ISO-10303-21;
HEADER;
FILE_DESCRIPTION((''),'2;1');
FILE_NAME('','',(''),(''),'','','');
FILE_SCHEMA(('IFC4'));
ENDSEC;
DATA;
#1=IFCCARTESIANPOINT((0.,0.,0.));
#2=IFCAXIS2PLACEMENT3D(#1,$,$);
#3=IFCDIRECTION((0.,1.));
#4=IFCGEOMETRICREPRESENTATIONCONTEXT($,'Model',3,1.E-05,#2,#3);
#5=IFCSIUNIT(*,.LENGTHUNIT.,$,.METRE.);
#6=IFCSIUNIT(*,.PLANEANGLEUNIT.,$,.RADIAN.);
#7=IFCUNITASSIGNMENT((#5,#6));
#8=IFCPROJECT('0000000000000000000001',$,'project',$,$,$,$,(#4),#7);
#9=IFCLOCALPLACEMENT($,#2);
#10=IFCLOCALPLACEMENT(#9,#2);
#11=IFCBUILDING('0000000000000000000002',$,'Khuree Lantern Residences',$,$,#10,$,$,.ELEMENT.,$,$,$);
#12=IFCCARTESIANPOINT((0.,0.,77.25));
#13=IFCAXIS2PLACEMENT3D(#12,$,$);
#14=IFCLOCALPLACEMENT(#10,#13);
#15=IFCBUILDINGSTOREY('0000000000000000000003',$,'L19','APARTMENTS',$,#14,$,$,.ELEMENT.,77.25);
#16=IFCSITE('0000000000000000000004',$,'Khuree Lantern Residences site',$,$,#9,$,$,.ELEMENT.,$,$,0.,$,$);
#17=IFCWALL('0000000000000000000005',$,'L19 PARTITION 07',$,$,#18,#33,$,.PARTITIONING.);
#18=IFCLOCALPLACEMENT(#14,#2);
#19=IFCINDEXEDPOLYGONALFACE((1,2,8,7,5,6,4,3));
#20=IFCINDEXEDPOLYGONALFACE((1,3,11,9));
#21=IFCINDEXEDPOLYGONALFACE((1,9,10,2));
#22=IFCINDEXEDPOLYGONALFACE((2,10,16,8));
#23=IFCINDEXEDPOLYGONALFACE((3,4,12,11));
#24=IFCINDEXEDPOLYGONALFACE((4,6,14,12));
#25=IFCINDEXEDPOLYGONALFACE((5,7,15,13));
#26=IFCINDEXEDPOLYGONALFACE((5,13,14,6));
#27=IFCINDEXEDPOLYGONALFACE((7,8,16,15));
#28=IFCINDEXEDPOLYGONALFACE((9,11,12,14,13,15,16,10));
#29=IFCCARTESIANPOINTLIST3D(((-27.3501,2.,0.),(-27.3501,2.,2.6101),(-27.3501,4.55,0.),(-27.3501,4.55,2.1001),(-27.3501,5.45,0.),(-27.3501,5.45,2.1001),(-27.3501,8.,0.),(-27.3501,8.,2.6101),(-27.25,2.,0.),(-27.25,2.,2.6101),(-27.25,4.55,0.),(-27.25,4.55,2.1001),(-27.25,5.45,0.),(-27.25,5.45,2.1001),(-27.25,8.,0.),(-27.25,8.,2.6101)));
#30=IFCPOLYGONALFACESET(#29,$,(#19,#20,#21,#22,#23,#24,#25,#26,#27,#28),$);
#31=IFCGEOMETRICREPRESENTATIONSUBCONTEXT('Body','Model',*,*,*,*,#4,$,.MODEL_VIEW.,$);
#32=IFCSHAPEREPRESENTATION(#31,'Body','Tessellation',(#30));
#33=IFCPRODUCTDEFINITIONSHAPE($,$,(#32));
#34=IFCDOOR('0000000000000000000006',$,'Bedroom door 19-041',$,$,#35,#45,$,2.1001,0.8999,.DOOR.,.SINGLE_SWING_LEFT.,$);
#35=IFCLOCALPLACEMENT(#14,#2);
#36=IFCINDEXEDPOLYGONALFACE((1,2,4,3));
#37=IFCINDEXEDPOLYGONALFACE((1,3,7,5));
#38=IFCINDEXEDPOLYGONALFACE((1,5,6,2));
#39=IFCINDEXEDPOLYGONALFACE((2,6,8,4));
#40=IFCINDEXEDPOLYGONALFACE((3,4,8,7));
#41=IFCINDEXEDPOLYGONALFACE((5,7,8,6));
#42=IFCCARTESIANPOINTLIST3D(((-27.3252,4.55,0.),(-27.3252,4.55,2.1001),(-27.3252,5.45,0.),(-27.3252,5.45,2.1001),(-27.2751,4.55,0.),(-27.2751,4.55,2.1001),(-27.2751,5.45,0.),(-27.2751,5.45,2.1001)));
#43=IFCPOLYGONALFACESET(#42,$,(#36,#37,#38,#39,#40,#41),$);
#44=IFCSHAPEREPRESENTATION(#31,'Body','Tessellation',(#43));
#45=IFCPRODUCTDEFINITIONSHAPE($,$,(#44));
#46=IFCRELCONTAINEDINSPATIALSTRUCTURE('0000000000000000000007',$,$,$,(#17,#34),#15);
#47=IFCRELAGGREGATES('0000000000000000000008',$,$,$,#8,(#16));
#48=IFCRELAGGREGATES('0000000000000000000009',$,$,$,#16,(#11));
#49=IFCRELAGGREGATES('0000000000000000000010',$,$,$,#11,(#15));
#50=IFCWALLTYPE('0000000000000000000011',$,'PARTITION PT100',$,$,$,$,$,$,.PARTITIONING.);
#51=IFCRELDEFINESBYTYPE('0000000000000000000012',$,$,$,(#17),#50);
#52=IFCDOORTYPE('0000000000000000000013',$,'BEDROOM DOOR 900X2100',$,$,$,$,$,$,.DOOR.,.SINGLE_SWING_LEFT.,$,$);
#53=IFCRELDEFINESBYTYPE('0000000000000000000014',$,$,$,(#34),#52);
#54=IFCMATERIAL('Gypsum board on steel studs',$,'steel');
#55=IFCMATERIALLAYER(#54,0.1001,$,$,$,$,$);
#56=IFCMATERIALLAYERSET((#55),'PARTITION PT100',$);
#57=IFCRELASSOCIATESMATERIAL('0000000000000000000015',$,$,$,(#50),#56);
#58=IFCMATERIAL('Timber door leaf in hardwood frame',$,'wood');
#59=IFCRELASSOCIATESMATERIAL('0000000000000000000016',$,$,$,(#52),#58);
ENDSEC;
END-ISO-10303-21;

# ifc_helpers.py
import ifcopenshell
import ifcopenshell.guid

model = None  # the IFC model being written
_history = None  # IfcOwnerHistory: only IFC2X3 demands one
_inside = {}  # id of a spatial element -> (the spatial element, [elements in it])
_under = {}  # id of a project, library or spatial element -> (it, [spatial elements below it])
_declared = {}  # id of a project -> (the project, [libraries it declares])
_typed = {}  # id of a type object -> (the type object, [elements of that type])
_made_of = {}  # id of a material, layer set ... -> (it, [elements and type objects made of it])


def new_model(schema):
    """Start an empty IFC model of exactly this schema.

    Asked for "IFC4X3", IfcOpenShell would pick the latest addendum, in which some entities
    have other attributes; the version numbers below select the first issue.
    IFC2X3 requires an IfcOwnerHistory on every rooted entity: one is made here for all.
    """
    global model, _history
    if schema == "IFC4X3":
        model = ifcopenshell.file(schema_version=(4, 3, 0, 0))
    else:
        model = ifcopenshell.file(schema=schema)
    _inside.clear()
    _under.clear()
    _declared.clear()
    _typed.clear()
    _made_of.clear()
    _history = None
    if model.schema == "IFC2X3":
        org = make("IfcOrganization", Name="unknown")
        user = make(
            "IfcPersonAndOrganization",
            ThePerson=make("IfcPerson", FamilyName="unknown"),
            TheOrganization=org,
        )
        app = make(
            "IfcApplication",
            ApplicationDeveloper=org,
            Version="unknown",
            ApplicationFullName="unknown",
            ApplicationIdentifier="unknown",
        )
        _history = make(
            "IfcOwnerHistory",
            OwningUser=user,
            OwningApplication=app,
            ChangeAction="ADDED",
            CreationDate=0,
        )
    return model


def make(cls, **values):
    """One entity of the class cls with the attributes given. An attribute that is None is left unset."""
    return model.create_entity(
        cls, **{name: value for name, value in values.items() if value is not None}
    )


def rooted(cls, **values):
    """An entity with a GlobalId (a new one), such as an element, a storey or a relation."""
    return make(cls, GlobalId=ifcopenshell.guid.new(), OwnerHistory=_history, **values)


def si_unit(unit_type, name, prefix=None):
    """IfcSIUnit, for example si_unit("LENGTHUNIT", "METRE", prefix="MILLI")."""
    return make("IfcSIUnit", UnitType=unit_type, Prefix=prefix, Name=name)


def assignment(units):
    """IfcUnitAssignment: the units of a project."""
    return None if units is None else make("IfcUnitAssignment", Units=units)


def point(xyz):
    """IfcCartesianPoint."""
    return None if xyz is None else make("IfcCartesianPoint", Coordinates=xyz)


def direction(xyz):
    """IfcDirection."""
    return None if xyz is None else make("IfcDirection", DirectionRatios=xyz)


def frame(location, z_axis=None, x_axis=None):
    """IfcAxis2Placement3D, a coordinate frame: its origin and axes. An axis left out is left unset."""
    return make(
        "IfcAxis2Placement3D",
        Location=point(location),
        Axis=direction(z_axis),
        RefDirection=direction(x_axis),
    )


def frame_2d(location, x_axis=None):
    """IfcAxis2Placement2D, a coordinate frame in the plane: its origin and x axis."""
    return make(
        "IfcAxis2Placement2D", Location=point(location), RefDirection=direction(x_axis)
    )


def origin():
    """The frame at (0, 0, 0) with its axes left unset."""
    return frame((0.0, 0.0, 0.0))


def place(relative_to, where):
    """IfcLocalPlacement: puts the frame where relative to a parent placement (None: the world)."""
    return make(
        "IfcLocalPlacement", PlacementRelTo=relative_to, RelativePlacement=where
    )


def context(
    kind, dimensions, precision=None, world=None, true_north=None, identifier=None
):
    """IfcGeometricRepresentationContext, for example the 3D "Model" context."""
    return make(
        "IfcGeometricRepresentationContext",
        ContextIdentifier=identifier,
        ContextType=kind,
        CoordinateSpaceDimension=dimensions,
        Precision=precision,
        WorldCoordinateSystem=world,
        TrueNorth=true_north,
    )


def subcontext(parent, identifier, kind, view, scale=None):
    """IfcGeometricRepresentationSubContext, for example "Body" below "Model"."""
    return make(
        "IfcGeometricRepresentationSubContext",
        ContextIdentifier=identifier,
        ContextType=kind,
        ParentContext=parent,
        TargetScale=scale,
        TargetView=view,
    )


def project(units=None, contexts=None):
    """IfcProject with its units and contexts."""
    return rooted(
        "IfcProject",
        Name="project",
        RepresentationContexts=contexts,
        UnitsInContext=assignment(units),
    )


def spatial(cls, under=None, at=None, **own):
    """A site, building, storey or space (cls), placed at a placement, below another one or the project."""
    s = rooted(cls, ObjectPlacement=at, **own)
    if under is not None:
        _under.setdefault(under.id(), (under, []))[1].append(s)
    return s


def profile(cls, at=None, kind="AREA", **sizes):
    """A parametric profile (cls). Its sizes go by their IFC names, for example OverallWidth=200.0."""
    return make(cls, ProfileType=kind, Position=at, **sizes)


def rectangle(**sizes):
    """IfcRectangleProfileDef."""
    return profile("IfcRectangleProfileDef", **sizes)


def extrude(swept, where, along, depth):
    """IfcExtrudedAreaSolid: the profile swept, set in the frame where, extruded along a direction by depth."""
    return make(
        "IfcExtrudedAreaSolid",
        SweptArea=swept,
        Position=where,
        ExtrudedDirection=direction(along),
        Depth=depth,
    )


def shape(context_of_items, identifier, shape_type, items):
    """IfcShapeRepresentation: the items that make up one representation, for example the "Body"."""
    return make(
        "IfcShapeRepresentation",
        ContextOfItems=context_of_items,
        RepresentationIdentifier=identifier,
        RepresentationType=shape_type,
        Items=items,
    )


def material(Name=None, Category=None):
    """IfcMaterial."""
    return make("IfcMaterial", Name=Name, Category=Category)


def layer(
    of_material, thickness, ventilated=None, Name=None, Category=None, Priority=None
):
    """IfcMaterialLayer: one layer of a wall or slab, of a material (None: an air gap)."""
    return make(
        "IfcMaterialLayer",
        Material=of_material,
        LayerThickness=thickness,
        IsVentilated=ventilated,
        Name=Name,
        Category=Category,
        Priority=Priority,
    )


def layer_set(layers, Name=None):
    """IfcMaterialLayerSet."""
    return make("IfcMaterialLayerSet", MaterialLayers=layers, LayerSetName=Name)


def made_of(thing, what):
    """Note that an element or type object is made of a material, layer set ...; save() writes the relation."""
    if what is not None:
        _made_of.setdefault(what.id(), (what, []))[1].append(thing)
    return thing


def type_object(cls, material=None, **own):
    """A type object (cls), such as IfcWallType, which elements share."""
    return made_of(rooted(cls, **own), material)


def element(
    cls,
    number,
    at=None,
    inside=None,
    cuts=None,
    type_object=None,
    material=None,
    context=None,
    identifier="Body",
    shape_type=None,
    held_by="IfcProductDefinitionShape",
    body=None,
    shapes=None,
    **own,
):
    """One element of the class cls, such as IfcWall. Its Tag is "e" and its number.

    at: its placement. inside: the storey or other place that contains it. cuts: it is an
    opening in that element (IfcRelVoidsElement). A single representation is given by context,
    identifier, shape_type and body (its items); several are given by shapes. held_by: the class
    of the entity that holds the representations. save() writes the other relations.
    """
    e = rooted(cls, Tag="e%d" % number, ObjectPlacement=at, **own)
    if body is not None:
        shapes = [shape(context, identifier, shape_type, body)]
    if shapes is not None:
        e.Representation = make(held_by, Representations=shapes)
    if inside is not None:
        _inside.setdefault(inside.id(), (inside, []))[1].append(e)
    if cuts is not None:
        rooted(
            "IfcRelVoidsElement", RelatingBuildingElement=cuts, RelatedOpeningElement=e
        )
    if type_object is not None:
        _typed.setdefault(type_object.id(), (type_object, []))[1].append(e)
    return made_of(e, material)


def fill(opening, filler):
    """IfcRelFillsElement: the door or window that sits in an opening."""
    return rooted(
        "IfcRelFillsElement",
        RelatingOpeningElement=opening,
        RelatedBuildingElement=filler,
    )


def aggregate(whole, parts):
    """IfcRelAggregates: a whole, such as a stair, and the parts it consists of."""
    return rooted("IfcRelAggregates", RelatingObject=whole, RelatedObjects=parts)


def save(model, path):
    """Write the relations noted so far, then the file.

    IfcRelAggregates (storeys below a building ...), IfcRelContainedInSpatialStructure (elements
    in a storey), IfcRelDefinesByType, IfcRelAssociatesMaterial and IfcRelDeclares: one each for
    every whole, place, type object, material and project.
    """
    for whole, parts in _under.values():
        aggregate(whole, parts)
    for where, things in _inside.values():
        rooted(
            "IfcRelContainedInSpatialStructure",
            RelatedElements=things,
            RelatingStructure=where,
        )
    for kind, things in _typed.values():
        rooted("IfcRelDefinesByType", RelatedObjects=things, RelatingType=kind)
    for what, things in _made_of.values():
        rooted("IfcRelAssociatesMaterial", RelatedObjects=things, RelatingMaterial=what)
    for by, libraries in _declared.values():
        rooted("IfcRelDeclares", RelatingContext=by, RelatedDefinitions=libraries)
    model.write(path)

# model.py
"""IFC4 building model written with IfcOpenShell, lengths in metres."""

from ifc_helpers import new_model, si_unit, direction, frame, frame_2d, origin, place, context, subcontext, project, spatial, rectangle, extrude, material, layer, layer_set, type_object, element, fill, save


model = new_model("IFC4")

# Units and contexts
model_context = context("Model", 3, precision=1e-05, world=origin(), true_north=direction((0.0, 1.0)))
body_context = subcontext(model_context, "Body", "Model", "MODEL_VIEW")
ifc_project = project(units=[si_unit("LENGTHUNIT", "METRE"), si_unit("PLANEANGLEUNIT", "RADIAN")], contexts=[model_context])

# Site, building, storey
site_placement = place(None, origin())
site = spatial("IfcSite", under=ifc_project, at=site_placement, Name="Khuree Lantern Residences site", CompositionType="ELEMENT", RefElevation=0.0)
building_placement = place(site_placement, origin())
building = spatial("IfcBuilding", under=site, at=building_placement, Name="Khuree Lantern Residences", CompositionType="ELEMENT")
storey_placement = place(building_placement, frame((0.0, 0.0, 77.25)))
storey = spatial("IfcBuildingStorey", under=building, at=storey_placement, Name="L19", Description="APARTMENTS", CompositionType="ELEMENT", Elevation=77.25)

# Shared definitions
ifc_material_1 = material(Name="Gypsum board on steel studs", Category="steel")
ifc_layer_1 = layer(ifc_material_1, 0.1001)
ifc_layer_set_1 = layer_set([ifc_layer_1], Name="PARTITION PT100")
wall_type = type_object("IfcWallType", Name="PARTITION PT100", PredefinedType="PARTITIONING", material=ifc_layer_set_1)

# Wall, opening, door
ifc_material_2 = material(Name="Timber door leaf in hardwood frame", Category="wood")
door_type = type_object("IfcDoorType", Name="BEDROOM DOOR 900X2100", OperationType="SINGLE_SWING_LEFT", PredefinedType="DOOR", material=ifc_material_2)
wall_1_placement = place(storey_placement, frame((-27.3, 8.0, 0.0), z_axis=(0.0, 0.0, 1.0), x_axis=(0.0, -1.0, 0.0)))
wall_1 = element("IfcWall", 1, at=wall_1_placement, inside=storey, type_object=wall_type, Name="L19 PARTITION 07", PredefinedType="PARTITIONING", context=body_context, shape_type="SweptSolid", body=[
    extrude(rectangle(XDim=6.0, YDim=0.1001, at=frame_2d((3.0, 0.0))), origin(), (0.0, 0.0, 1.0), 2.6101),
])
opening_1_placement = place(wall_1_placement, frame((2.55, 0.0, 0.0)))
opening_1 = element("IfcOpeningElement", 2, at=opening_1_placement, cuts=wall_1, PredefinedType="OPENING", context=body_context, shape_type="SweptSolid", body=[
    extrude(rectangle(XDim=0.8999, YDim=2.1001, at=frame_2d((0.45, 1.05))), frame((0.0, 0.0601, 0.0), z_axis=(0.0, -1.0, 0.0), x_axis=(1.0, 0.0, 0.0)), (0.0, 0.0, 1.0), 0.1201),
])
door_1_placement = place(opening_1_placement, origin())
door_1 = element("IfcDoor", 3, at=door_1_placement, inside=storey, type_object=door_type, Name="Bedroom door 19-041", OperationType="SINGLE_SWING_LEFT", OverallHeight=2.1001, OverallWidth=0.8999, PredefinedType="DOOR", context=body_context, shape_type="SweptSolid", body=[
    extrude(rectangle(XDim=0.8999, YDim=2.1001, at=frame_2d((0.45, 1.05))), frame((0.0, 0.0249, 0.0), z_axis=(0.0, -1.0, 0.0), x_axis=(1.0, 0.0, 0.0)), (0.0, 0.0, 1.0), 0.05),
])
fill(opening_1, door_1)

save(model, "model.ifc")
